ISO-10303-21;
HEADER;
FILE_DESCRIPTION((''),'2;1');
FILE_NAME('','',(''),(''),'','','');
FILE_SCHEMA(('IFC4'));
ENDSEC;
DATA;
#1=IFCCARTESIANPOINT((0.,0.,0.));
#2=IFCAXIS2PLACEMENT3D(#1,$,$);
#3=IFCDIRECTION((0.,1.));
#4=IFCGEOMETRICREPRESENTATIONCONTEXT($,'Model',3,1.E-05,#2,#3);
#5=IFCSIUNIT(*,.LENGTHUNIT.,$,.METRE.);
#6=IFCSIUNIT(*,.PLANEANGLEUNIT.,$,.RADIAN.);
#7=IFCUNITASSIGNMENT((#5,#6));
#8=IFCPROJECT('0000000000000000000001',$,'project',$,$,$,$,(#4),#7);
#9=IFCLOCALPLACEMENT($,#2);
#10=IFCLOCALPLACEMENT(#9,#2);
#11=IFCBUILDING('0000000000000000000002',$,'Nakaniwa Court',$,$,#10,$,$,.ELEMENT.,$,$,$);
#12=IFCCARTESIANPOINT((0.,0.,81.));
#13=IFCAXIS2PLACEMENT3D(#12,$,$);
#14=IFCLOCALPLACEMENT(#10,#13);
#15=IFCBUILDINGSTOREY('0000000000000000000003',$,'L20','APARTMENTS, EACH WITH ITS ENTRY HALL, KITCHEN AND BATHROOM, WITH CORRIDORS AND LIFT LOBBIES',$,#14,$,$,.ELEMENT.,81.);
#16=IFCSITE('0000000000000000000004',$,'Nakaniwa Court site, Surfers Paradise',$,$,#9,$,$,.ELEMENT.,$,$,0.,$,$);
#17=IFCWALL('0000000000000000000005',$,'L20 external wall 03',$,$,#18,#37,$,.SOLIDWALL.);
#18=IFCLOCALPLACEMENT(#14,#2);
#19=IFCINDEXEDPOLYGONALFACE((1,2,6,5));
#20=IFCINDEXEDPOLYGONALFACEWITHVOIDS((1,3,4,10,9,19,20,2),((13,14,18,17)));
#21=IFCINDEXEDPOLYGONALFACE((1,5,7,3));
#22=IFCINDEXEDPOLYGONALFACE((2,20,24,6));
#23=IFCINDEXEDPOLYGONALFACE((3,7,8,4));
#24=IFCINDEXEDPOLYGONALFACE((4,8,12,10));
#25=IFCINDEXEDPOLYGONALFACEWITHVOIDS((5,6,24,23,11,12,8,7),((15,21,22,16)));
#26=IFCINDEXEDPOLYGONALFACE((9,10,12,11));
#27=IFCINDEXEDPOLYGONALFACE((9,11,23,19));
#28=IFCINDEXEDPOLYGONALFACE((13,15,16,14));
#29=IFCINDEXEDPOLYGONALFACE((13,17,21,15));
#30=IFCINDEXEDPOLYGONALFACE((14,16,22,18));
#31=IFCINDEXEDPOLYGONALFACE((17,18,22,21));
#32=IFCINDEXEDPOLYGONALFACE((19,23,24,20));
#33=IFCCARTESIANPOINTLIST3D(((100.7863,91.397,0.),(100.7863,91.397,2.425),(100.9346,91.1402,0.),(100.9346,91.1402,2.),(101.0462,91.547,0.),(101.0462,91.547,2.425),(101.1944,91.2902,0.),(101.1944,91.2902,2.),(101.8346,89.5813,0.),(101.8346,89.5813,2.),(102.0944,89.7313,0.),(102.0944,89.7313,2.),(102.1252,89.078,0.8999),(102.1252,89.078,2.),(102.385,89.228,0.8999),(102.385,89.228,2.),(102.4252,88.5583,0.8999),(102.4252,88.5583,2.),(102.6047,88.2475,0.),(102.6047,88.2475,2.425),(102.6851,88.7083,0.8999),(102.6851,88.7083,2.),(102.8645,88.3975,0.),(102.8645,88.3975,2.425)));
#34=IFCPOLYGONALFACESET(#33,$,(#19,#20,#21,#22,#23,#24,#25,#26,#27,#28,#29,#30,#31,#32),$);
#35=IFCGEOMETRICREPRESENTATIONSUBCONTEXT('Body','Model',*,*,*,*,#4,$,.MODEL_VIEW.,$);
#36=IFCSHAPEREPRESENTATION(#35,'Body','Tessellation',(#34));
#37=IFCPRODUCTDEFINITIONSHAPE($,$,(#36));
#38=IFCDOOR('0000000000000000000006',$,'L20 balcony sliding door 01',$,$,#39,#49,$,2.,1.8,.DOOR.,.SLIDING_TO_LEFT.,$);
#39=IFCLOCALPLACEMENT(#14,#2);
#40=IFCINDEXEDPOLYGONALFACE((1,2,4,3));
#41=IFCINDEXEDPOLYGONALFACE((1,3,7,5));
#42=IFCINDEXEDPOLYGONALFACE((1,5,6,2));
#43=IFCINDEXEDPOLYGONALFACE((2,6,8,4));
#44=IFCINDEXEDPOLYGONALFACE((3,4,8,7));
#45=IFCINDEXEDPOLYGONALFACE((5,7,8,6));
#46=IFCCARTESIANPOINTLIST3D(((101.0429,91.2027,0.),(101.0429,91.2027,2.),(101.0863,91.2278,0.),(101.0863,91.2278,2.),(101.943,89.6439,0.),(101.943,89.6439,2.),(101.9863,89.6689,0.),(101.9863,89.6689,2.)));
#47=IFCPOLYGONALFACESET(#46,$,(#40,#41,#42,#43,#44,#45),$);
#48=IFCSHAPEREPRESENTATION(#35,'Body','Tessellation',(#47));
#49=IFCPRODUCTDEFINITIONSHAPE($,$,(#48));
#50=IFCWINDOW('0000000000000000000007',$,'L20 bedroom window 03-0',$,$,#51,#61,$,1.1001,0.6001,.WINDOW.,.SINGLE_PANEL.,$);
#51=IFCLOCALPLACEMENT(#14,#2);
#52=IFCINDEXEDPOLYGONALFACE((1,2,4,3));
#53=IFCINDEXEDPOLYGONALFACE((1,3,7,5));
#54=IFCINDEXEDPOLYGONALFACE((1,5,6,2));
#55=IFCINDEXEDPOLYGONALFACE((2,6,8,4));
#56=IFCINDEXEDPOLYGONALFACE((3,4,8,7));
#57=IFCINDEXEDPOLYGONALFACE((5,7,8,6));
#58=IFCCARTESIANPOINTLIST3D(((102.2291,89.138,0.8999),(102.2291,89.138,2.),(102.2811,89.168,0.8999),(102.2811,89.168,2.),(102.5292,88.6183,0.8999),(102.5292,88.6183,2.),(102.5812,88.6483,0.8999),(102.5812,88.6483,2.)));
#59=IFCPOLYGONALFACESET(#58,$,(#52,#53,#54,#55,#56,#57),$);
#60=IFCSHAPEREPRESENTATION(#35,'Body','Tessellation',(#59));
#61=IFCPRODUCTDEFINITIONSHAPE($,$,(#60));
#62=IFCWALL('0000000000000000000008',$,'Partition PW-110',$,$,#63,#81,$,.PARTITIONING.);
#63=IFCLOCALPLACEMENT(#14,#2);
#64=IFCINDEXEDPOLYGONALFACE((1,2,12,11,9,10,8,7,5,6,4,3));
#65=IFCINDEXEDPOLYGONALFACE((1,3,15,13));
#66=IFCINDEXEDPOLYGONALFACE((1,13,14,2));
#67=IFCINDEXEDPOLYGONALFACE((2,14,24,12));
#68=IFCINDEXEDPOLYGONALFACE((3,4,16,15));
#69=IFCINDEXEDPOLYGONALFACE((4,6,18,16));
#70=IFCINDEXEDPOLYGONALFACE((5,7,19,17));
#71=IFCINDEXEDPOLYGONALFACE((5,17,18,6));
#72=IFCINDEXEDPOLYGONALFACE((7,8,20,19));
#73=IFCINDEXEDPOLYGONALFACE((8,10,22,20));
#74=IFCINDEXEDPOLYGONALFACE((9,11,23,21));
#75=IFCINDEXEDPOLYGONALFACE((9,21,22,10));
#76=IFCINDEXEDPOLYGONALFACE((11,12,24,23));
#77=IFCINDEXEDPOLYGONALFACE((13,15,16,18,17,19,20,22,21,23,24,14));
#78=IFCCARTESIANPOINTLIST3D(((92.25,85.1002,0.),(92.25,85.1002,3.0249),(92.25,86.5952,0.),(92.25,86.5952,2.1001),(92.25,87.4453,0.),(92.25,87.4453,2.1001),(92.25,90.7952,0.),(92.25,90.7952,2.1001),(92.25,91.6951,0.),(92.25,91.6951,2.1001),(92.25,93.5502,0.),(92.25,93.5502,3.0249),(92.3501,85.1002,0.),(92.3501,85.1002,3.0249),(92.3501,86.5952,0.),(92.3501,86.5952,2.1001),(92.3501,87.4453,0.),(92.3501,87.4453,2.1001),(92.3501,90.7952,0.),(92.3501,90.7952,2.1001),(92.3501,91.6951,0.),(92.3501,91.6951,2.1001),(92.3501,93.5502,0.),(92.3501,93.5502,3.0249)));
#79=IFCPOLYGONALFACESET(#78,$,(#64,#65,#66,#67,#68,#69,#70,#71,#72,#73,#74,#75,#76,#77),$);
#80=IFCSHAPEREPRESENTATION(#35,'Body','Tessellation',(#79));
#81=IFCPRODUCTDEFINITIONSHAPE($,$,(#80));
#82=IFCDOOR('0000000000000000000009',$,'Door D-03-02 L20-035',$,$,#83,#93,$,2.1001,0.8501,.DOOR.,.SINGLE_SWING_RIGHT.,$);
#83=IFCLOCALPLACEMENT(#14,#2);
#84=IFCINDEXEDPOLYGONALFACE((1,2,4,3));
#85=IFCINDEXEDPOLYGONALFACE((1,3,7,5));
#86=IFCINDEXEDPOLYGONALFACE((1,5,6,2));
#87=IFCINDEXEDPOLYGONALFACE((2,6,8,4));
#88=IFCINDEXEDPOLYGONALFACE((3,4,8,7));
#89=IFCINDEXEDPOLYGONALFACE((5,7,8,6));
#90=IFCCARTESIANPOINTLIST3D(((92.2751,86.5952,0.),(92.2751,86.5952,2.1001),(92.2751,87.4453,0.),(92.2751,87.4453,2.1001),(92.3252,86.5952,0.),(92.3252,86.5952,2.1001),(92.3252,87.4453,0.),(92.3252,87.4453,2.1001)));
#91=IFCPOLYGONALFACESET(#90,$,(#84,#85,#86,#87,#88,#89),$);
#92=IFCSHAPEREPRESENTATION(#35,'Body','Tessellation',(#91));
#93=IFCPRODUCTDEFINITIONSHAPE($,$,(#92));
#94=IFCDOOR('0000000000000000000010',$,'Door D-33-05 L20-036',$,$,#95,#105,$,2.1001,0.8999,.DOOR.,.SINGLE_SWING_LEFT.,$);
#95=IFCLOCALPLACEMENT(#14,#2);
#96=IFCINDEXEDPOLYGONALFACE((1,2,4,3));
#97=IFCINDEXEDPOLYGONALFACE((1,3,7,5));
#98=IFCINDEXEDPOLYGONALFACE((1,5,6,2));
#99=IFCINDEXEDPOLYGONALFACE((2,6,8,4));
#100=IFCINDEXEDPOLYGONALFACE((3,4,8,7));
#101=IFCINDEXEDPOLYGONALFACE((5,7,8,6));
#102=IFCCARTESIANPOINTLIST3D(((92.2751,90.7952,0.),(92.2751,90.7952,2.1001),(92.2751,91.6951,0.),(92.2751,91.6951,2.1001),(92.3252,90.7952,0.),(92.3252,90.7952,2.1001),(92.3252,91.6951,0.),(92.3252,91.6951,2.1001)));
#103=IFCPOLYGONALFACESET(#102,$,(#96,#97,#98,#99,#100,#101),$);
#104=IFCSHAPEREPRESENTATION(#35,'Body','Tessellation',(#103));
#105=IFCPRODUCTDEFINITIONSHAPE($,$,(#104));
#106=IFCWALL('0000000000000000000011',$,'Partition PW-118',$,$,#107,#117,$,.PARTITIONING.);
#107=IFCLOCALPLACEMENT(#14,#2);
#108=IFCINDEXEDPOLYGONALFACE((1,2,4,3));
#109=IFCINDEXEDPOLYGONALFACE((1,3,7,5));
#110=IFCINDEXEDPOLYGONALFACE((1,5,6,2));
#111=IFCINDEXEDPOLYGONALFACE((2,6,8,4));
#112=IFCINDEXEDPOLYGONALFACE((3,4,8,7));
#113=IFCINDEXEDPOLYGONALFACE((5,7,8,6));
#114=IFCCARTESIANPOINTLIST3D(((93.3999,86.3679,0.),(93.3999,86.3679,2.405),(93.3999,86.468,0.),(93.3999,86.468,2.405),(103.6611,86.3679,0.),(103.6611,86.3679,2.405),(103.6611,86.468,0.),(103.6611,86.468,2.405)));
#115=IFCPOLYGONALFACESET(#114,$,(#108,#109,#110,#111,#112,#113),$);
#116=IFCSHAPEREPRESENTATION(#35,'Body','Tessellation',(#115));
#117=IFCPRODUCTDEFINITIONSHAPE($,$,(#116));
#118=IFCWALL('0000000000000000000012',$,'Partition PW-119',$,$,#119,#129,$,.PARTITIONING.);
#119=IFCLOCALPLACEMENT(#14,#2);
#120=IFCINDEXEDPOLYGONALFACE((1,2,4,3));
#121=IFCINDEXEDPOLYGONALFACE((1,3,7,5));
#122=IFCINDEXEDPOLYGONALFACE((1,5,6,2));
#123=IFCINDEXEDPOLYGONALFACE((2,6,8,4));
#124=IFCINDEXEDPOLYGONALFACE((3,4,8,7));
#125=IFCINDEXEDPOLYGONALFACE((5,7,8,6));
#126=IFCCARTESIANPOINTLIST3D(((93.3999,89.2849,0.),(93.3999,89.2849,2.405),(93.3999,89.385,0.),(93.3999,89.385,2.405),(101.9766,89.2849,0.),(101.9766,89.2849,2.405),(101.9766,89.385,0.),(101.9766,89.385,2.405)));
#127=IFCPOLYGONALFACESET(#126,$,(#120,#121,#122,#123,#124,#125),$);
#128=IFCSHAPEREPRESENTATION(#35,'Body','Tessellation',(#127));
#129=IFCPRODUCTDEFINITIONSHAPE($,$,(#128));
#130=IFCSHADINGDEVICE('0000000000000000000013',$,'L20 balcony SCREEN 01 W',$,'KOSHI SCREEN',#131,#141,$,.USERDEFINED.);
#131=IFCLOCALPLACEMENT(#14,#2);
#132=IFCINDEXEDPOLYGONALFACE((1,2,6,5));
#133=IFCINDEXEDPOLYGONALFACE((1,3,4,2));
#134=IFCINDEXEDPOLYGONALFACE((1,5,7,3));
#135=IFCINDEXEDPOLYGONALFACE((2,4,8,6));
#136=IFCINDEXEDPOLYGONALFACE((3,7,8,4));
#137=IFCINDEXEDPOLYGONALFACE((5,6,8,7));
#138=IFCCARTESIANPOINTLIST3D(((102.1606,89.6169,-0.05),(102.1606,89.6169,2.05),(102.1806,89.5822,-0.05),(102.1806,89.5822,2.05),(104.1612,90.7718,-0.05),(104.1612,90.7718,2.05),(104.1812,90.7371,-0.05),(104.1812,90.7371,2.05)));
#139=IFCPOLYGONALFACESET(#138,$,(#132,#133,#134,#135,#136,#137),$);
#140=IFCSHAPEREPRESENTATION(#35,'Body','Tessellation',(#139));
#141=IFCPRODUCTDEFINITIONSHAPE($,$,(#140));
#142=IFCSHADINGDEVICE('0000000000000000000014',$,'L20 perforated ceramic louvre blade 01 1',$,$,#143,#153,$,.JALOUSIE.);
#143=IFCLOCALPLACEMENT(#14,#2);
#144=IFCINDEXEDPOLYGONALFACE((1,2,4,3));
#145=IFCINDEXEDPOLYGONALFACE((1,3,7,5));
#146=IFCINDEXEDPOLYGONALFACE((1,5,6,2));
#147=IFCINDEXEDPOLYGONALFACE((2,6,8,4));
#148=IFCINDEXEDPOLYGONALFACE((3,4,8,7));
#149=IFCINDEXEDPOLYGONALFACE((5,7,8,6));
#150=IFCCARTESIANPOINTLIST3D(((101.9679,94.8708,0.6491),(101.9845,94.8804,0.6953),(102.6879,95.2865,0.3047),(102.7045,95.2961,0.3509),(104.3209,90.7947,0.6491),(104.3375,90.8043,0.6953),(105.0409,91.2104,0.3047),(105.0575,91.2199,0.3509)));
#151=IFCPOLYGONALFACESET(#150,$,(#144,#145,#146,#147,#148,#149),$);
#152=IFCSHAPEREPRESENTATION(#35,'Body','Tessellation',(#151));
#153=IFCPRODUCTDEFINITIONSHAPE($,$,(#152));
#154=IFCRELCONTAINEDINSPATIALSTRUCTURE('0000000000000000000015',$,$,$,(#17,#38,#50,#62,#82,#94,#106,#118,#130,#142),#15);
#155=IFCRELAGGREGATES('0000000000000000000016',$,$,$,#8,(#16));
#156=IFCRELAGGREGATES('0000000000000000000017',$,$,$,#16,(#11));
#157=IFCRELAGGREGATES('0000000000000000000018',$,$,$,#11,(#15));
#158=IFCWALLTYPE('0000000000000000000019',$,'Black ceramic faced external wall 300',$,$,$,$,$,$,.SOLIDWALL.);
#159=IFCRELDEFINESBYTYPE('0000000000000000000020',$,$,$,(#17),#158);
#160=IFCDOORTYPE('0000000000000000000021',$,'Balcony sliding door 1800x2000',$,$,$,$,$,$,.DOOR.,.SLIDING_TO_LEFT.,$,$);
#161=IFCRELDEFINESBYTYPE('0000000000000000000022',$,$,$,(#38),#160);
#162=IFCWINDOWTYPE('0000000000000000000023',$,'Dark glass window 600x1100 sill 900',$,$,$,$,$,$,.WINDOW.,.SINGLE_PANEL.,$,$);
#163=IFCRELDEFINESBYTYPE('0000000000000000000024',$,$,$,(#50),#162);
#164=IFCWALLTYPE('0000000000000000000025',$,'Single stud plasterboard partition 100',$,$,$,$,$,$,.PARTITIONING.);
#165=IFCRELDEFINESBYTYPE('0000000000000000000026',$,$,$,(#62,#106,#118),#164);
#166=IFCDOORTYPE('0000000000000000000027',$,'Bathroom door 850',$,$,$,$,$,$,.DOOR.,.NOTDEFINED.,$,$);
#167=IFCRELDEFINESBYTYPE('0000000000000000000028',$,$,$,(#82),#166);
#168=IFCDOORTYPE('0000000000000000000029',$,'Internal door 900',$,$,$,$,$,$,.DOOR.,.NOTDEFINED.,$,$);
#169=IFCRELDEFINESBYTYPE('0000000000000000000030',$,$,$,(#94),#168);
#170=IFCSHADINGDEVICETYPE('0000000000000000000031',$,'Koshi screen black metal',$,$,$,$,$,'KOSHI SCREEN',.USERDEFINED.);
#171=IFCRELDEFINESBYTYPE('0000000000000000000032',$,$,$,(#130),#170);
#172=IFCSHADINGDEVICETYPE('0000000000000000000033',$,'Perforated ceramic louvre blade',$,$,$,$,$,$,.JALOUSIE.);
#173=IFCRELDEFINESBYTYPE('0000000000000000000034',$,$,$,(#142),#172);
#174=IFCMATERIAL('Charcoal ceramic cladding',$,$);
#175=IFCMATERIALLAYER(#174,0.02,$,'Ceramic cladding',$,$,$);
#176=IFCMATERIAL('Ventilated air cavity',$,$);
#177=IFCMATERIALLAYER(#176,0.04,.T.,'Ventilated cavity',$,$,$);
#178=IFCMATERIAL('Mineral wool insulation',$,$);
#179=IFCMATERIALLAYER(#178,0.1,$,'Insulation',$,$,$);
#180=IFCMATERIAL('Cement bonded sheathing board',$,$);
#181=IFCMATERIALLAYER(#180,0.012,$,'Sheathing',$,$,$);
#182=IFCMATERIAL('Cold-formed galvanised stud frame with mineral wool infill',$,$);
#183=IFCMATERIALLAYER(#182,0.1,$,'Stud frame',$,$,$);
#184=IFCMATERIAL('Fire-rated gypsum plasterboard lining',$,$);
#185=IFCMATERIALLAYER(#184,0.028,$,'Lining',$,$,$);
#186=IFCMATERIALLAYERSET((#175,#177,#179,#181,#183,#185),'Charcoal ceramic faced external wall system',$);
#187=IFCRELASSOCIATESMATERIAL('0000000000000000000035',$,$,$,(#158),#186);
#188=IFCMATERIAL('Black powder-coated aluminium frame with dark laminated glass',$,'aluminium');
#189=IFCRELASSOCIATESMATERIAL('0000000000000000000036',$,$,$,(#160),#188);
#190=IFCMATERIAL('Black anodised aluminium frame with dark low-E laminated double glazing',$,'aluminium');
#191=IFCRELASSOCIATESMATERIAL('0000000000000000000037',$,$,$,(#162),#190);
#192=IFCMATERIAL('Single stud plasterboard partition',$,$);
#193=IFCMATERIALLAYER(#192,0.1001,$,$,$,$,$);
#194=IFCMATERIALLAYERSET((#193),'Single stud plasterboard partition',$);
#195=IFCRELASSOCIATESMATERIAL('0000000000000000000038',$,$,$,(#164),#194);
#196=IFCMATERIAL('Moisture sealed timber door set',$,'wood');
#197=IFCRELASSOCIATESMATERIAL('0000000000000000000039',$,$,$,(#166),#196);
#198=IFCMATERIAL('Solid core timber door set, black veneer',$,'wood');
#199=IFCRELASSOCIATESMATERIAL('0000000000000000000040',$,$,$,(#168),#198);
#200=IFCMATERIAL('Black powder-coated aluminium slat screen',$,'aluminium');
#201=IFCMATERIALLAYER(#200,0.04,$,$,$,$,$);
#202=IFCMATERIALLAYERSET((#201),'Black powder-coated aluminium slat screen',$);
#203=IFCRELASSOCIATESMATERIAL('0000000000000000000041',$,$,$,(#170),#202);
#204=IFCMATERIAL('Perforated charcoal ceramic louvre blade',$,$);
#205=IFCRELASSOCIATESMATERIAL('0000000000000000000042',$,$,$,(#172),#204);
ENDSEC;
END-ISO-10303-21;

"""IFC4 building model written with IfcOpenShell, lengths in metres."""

from ifc_helpers import new_model, si_unit, direction, frame, frame_2d, origin, origin_2d, place, context, subcontext, project, spatial, rectangle, extrude, material, layer, layer_set, material_profile, profile_set, type_object, element, fill, save


model = new_model("IFC4")

# Units and contexts
model_context = context("Model", 3, precision=1e-05, world=origin(), true_north=direction((0.0, 1.0)))
body_context = subcontext(model_context, "Body", "Model", "MODEL_VIEW")
ifc_project = project(units=[si_unit("LENGTHUNIT", "METRE"), si_unit("PLANEANGLEUNIT", "RADIAN")], contexts=[model_context])

# Site, building, storey
site_placement = place(None, origin())
site = spatial("IfcSite", under=ifc_project, at=site_placement, Name="Nakaniwa Court site, Surfers Paradise", CompositionType="ELEMENT", RefElevation=0.0)
building_placement = place(site_placement, origin())
building = spatial("IfcBuilding", under=site, at=building_placement, Name="Nakaniwa Court", CompositionType="ELEMENT")
storey_placement = place(building_placement, frame((0.0, 0.0, 81.0)))
storey = spatial("IfcBuildingStorey", under=building, at=storey_placement, Name="L20", Description="APARTMENTS, EACH WITH ITS ENTRY HALL, KITCHEN AND BATHROOM, WITH CORRIDORS AND LIFT LOBBIES", CompositionType="ELEMENT", Elevation=81.0)

# Shared definitions
ifc_material_1 = material(Name="Charcoal ceramic cladding")
ifc_layer_1 = layer(ifc_material_1, 0.02, Name="Ceramic cladding")
ifc_material_2 = material(Name="Ventilated air cavity")
ifc_layer_2 = layer(ifc_material_2, 0.04, ventilated=True, Name="Ventilated cavity")
ifc_material_3 = material(Name="Mineral wool insulation")
ifc_layer_3 = layer(ifc_material_3, 0.1, Name="Insulation")
ifc_material_4 = material(Name="Cement bonded sheathing board")
ifc_layer_4 = layer(ifc_material_4, 0.012, Name="Sheathing")
ifc_material_5 = material(Name="Cold-formed galvanised stud frame with mineral wool infill")
ifc_layer_5 = layer(ifc_material_5, 0.1, Name="Stud frame")
ifc_material_6 = material(Name="Fire-rated gypsum plasterboard lining")
ifc_layer_6 = layer(ifc_material_6, 0.028, Name="Lining")
ifc_layer_set_1 = layer_set([ifc_layer_1, ifc_layer_2, ifc_layer_3, ifc_layer_4, ifc_layer_5, ifc_layer_6], Name="Charcoal ceramic faced external wall system")
wall_type_1 = type_object("IfcWallType", Name="Black ceramic faced external wall 300", PredefinedType="SOLIDWALL", material=ifc_layer_set_1)
ifc_material_7 = material(Name="Black anodised aluminium frame with dark low-E laminated double glazing", Category="aluminium")

# Wall, openings, door, window
wall_1_placement = place(storey_placement, frame((102.7346, 88.3225, 0.0), z_axis=(0.0, 0.0, 1.0), x_axis=(-0.500009, 0.86602, 0.0)))
wall_1 = element("IfcWall", 1, at=wall_1_placement, inside=storey, type_object=wall_type_1, Name="L20 external wall 03", PredefinedType="SOLIDWALL", context=body_context, shape_type="SweptSolid", body=[
    extrude(rectangle(XDim=3.6367, YDim=0.3, at=frame_2d((1.8184, 0.0))), origin(), (0.0, 0.0, 1.0), 2.425),
])
opening_1_placement = place(wall_1_placement, frame((1.5403, 0.0, 0.0)))
opening_1 = element("IfcOpeningElement", 2, at=opening_1_placement, cuts=wall_1, PredefinedType="OPENING", context=body_context, shape_type="SweptSolid", body=[
    extrude(rectangle(XDim=1.8, YDim=2.0, at=frame_2d((0.8999, 1.0))), frame((0.0, 0.1599, 0.0), z_axis=(0.0, -1.0, 0.0), x_axis=(1.0, 0.0, 0.0)), (0.0, 0.0, 1.0), 0.3201),
])
opening_2_placement = place(wall_1_placement, frame((0.3589, 0.0, 0.8999)))
opening_2 = element("IfcOpeningElement", 3, at=opening_2_placement, cuts=wall_1, PredefinedType="OPENING", context=body_context, shape_type="SweptSolid", body=[
    extrude(rectangle(XDim=0.6001, YDim=1.1001, at=frame_2d((0.3, 0.55))), frame((0.0, 0.1599, 0.0), z_axis=(0.0, -1.0, 0.0), x_axis=(1.0, 0.0, 0.0)), (0.0, 0.0, 1.0), 0.3201),
])
ifc_material_8 = material(Name="Black powder-coated aluminium frame with dark laminated glass", Category="aluminium")
door_type_1 = type_object("IfcDoorType", Name="Balcony sliding door 1800x2000", OperationType="SLIDING_TO_LEFT", PredefinedType="DOOR", material=ifc_material_8)
door_1_placement = place(opening_1_placement, origin())
door_1 = element("IfcDoor", 4, at=door_1_placement, inside=storey, type_object=door_type_1, Name="L20 balcony sliding door 01", OperationType="SLIDING_TO_LEFT", OverallHeight=2.0, OverallWidth=1.8, PredefinedType="DOOR", context=body_context, shape_type="SweptSolid", body=[
    extrude(rectangle(XDim=1.8, YDim=2.0, at=frame_2d((0.8999, 1.0))), frame((0.0, 0.0249, 0.0), z_axis=(0.0, -1.0, 0.0), x_axis=(1.0, 0.0, 0.0)), (0.0, 0.0, 1.0), 0.05),
])
fill(opening_1, door_1)
window_type_1 = type_object("IfcWindowType", Name="Dark glass window 600x1100 sill 900", PartitioningType="SINGLE_PANEL", PredefinedType="WINDOW", material=ifc_material_7)
window_1_placement = place(opening_2_placement, origin())
window_1 = element("IfcWindow", 5, at=window_1_placement, inside=storey, type_object=window_type_1, Name="L20 bedroom window 03-0", OverallHeight=1.1001, OverallWidth=0.6001, PartitioningType="SINGLE_PANEL", PredefinedType="WINDOW", context=body_context, shape_type="SweptSolid", body=[
    extrude(rectangle(XDim=0.6001, YDim=1.1001, at=frame_2d((0.3, 0.55))), frame((0.0, 0.03, 0.0), z_axis=(0.0, -1.0, 0.0), x_axis=(1.0, 0.0, 0.0)), (0.0, 0.0, 1.0), 0.0601),
])
fill(opening_2, window_1)

# Wall, openings, doors
ifc_material_9 = material(Name="Single stud plasterboard partition")
ifc_layer_7 = layer(ifc_material_9, 0.1001)
ifc_layer_set_2 = layer_set([ifc_layer_7], Name="Single stud plasterboard partition")
wall_type_2 = type_object("IfcWallType", Name="Single stud plasterboard partition 100", PredefinedType="PARTITIONING", material=ifc_layer_set_2)
wall_2_placement = place(storey_placement, frame((92.3, 85.1001, 0.0), z_axis=(0.0, 0.0, 1.0), x_axis=(0.0, 1.0, 0.0)))
wall_2 = element("IfcWall", 6, at=wall_2_placement, inside=storey, type_object=wall_type_2, Name="Partition PW-110", PredefinedType="PARTITIONING", context=body_context, shape_type="SweptSolid", body=[
    extrude(rectangle(XDim=8.45, YDim=0.1001, at=frame_2d((4.2251, 0.0))), origin(), (0.0, 0.0, 1.0), 3.0249),
])
opening_3_placement = place(wall_2_placement, frame((1.4951, 0.0, 0.0)))
opening_3 = element("IfcOpeningElement", 7, at=opening_3_placement, cuts=wall_2, PredefinedType="OPENING", context=body_context, shape_type="SweptSolid", body=[
    extrude(rectangle(XDim=0.8501, YDim=2.1001, at=frame_2d((0.425, 1.05))), frame((0.0, 0.0601, 0.0), z_axis=(0.0, -1.0, 0.0), x_axis=(1.0, 0.0, 0.0)), (0.0, 0.0, 1.0), 0.1201),
])
opening_4_placement = place(wall_2_placement, frame((5.6951, 0.0, 0.0)))
opening_4 = element("IfcOpeningElement", 8, at=opening_4_placement, cuts=wall_2, PredefinedType="OPENING", context=body_context, shape_type="SweptSolid", body=[
    extrude(rectangle(XDim=0.8999, YDim=2.1001, at=frame_2d((0.45, 1.05))), frame((0.0, 0.0601, 0.0), z_axis=(0.0, -1.0, 0.0), x_axis=(1.0, 0.0, 0.0)), (0.0, 0.0, 1.0), 0.1201),
])
ifc_material_10 = material(Name="Moisture sealed timber door set", Category="wood")
door_type_2 = type_object("IfcDoorType", Name="Bathroom door 850", OperationType="NOTDEFINED", PredefinedType="DOOR", material=ifc_material_10)
door_2_placement = place(opening_3_placement, origin())
door_2 = element("IfcDoor", 9, at=door_2_placement, inside=storey, type_object=door_type_2, Name="Door D-03-02 L20-035", OperationType="SINGLE_SWING_RIGHT", OverallHeight=2.1001, OverallWidth=0.8501, PredefinedType="DOOR", context=body_context, shape_type="SweptSolid", body=[
    extrude(rectangle(XDim=0.8501, YDim=2.1001, at=frame_2d((0.425, 1.05))), frame((0.0, 0.0249, 0.0), z_axis=(0.0, -1.0, 0.0), x_axis=(1.0, 0.0, 0.0)), (0.0, 0.0, 1.0), 0.05),
])
fill(opening_3, door_2)
ifc_material_11 = material(Name="Solid core timber door set, black veneer", Category="wood")
door_type_3 = type_object("IfcDoorType", Name="Internal door 900", OperationType="NOTDEFINED", PredefinedType="DOOR", material=ifc_material_11)
door_3_placement = place(opening_4_placement, origin())
door_3 = element("IfcDoor", 10, at=door_3_placement, inside=storey, type_object=door_type_3, Name="Door D-33-05 L20-036", OperationType="SINGLE_SWING_LEFT", OverallHeight=2.1001, OverallWidth=0.8999, PredefinedType="DOOR", context=body_context, shape_type="SweptSolid", body=[
    extrude(rectangle(XDim=0.8999, YDim=2.1001, at=frame_2d((0.45, 1.05))), frame((0.0, 0.0249, 0.0), z_axis=(0.0, -1.0, 0.0), x_axis=(1.0, 0.0, 0.0)), (0.0, 0.0, 1.0), 0.05),
])
fill(opening_4, door_3)

# Walls
wall_3_placement = place(storey_placement, frame((93.3999, 86.418, 0.0), z_axis=(0.0, 0.0, 1.0), x_axis=(1.0, 0.0, 0.0)))
element("IfcWall", 11, at=wall_3_placement, inside=storey, type_object=wall_type_2, Name="Partition PW-118", PredefinedType="PARTITIONING", context=body_context, shape_type="SweptSolid", body=[
    extrude(rectangle(XDim=10.2612, YDim=0.1001, at=frame_2d((5.1306, 0.0))), origin(), (0.0, 0.0, 1.0), 2.405),
])
wall_4_placement = place(storey_placement, frame((93.3999, 89.335, 0.0), z_axis=(0.0, 0.0, 1.0), x_axis=(1.0, 0.0, 0.0)))
element("IfcWall", 12, at=wall_4_placement, inside=storey, type_object=wall_type_2, Name="Partition PW-119", PredefinedType="PARTITIONING", context=body_context, shape_type="SweptSolid", body=[
    extrude(rectangle(XDim=8.5767, YDim=0.1001, at=frame_2d((4.2883, 0.0))), origin(), (0.0, 0.0, 1.0), 2.405),
])

# Shading devices
ifc_material_12 = material(Name="Black powder-coated aluminium slat screen", Category="aluminium")
ifc_layer_8 = layer(ifc_material_12, 0.04)
ifc_layer_set_3 = layer_set([ifc_layer_8], Name="Black powder-coated aluminium slat screen")
shading_device_type_1 = type_object("IfcShadingDeviceType", Name="Koshi screen black metal", ElementType="KOSHI SCREEN", PredefinedType="USERDEFINED", material=ifc_layer_set_3)
shading_device_placement = place(storey_placement, frame((103.1709, 90.177, -0.05), z_axis=(0.0, 0.0, 1.0), x_axis=(-0.499974, 0.86604, 0.0)))
element("IfcShadingDevice", 13, at=shading_device_placement, inside=storey, type_object=shading_device_type_1, Name="L20 balcony SCREEN 01 W", ObjectType="KOSHI SCREEN", PredefinedType="USERDEFINED", context=body_context, shape_type="SweptSolid", body=[
    extrude(rectangle(XDim=0.04, YDim=2.3101, at=origin_2d()), origin(), (0.0, 0.0, 1.0), 2.1001),
])
ifc_material_13 = material(Name="Perforated charcoal ceramic louvre blade")
ifc_material_profile_1 = material_profile(ifc_material_13, rectangle(XDim=0.8999, YDim=0.05, at=origin_2d()), Name="Perforated ceramic louvre blade")
ifc_profile_set_1 = profile_set([ifc_material_profile_1], Name="Perforated charcoal ceramic louvre blade")
shading_device_type_2 = type_object("IfcShadingDeviceType", Name="Perforated ceramic louvre blade", PredefinedType="JALOUSIE", material=ifc_profile_set_1)
for number, where, z_axis, x_axis, name in (
    (14, (104.6892, 91.0073, 0.5), (-0.499944, 0.866058, 0.0), (-0.800133, -0.461888, 0.382683), "L20 perforated ceramic louvre blade 01 1"),
):
    element("IfcShadingDevice", number, at=place(storey_placement, frame(where, z_axis=z_axis, x_axis=x_axis)), inside=storey, type_object=shading_device_type_2, Name=name, PredefinedType="JALOUSIE", context=body_context, shape_type="SweptSolid", body=[
        extrude(rectangle(XDim=0.8999, YDim=0.05, at=origin_2d()), origin(), (0.0, 0.0, 1.0), 4.7065),
    ])

save(model, "model.ifc")
